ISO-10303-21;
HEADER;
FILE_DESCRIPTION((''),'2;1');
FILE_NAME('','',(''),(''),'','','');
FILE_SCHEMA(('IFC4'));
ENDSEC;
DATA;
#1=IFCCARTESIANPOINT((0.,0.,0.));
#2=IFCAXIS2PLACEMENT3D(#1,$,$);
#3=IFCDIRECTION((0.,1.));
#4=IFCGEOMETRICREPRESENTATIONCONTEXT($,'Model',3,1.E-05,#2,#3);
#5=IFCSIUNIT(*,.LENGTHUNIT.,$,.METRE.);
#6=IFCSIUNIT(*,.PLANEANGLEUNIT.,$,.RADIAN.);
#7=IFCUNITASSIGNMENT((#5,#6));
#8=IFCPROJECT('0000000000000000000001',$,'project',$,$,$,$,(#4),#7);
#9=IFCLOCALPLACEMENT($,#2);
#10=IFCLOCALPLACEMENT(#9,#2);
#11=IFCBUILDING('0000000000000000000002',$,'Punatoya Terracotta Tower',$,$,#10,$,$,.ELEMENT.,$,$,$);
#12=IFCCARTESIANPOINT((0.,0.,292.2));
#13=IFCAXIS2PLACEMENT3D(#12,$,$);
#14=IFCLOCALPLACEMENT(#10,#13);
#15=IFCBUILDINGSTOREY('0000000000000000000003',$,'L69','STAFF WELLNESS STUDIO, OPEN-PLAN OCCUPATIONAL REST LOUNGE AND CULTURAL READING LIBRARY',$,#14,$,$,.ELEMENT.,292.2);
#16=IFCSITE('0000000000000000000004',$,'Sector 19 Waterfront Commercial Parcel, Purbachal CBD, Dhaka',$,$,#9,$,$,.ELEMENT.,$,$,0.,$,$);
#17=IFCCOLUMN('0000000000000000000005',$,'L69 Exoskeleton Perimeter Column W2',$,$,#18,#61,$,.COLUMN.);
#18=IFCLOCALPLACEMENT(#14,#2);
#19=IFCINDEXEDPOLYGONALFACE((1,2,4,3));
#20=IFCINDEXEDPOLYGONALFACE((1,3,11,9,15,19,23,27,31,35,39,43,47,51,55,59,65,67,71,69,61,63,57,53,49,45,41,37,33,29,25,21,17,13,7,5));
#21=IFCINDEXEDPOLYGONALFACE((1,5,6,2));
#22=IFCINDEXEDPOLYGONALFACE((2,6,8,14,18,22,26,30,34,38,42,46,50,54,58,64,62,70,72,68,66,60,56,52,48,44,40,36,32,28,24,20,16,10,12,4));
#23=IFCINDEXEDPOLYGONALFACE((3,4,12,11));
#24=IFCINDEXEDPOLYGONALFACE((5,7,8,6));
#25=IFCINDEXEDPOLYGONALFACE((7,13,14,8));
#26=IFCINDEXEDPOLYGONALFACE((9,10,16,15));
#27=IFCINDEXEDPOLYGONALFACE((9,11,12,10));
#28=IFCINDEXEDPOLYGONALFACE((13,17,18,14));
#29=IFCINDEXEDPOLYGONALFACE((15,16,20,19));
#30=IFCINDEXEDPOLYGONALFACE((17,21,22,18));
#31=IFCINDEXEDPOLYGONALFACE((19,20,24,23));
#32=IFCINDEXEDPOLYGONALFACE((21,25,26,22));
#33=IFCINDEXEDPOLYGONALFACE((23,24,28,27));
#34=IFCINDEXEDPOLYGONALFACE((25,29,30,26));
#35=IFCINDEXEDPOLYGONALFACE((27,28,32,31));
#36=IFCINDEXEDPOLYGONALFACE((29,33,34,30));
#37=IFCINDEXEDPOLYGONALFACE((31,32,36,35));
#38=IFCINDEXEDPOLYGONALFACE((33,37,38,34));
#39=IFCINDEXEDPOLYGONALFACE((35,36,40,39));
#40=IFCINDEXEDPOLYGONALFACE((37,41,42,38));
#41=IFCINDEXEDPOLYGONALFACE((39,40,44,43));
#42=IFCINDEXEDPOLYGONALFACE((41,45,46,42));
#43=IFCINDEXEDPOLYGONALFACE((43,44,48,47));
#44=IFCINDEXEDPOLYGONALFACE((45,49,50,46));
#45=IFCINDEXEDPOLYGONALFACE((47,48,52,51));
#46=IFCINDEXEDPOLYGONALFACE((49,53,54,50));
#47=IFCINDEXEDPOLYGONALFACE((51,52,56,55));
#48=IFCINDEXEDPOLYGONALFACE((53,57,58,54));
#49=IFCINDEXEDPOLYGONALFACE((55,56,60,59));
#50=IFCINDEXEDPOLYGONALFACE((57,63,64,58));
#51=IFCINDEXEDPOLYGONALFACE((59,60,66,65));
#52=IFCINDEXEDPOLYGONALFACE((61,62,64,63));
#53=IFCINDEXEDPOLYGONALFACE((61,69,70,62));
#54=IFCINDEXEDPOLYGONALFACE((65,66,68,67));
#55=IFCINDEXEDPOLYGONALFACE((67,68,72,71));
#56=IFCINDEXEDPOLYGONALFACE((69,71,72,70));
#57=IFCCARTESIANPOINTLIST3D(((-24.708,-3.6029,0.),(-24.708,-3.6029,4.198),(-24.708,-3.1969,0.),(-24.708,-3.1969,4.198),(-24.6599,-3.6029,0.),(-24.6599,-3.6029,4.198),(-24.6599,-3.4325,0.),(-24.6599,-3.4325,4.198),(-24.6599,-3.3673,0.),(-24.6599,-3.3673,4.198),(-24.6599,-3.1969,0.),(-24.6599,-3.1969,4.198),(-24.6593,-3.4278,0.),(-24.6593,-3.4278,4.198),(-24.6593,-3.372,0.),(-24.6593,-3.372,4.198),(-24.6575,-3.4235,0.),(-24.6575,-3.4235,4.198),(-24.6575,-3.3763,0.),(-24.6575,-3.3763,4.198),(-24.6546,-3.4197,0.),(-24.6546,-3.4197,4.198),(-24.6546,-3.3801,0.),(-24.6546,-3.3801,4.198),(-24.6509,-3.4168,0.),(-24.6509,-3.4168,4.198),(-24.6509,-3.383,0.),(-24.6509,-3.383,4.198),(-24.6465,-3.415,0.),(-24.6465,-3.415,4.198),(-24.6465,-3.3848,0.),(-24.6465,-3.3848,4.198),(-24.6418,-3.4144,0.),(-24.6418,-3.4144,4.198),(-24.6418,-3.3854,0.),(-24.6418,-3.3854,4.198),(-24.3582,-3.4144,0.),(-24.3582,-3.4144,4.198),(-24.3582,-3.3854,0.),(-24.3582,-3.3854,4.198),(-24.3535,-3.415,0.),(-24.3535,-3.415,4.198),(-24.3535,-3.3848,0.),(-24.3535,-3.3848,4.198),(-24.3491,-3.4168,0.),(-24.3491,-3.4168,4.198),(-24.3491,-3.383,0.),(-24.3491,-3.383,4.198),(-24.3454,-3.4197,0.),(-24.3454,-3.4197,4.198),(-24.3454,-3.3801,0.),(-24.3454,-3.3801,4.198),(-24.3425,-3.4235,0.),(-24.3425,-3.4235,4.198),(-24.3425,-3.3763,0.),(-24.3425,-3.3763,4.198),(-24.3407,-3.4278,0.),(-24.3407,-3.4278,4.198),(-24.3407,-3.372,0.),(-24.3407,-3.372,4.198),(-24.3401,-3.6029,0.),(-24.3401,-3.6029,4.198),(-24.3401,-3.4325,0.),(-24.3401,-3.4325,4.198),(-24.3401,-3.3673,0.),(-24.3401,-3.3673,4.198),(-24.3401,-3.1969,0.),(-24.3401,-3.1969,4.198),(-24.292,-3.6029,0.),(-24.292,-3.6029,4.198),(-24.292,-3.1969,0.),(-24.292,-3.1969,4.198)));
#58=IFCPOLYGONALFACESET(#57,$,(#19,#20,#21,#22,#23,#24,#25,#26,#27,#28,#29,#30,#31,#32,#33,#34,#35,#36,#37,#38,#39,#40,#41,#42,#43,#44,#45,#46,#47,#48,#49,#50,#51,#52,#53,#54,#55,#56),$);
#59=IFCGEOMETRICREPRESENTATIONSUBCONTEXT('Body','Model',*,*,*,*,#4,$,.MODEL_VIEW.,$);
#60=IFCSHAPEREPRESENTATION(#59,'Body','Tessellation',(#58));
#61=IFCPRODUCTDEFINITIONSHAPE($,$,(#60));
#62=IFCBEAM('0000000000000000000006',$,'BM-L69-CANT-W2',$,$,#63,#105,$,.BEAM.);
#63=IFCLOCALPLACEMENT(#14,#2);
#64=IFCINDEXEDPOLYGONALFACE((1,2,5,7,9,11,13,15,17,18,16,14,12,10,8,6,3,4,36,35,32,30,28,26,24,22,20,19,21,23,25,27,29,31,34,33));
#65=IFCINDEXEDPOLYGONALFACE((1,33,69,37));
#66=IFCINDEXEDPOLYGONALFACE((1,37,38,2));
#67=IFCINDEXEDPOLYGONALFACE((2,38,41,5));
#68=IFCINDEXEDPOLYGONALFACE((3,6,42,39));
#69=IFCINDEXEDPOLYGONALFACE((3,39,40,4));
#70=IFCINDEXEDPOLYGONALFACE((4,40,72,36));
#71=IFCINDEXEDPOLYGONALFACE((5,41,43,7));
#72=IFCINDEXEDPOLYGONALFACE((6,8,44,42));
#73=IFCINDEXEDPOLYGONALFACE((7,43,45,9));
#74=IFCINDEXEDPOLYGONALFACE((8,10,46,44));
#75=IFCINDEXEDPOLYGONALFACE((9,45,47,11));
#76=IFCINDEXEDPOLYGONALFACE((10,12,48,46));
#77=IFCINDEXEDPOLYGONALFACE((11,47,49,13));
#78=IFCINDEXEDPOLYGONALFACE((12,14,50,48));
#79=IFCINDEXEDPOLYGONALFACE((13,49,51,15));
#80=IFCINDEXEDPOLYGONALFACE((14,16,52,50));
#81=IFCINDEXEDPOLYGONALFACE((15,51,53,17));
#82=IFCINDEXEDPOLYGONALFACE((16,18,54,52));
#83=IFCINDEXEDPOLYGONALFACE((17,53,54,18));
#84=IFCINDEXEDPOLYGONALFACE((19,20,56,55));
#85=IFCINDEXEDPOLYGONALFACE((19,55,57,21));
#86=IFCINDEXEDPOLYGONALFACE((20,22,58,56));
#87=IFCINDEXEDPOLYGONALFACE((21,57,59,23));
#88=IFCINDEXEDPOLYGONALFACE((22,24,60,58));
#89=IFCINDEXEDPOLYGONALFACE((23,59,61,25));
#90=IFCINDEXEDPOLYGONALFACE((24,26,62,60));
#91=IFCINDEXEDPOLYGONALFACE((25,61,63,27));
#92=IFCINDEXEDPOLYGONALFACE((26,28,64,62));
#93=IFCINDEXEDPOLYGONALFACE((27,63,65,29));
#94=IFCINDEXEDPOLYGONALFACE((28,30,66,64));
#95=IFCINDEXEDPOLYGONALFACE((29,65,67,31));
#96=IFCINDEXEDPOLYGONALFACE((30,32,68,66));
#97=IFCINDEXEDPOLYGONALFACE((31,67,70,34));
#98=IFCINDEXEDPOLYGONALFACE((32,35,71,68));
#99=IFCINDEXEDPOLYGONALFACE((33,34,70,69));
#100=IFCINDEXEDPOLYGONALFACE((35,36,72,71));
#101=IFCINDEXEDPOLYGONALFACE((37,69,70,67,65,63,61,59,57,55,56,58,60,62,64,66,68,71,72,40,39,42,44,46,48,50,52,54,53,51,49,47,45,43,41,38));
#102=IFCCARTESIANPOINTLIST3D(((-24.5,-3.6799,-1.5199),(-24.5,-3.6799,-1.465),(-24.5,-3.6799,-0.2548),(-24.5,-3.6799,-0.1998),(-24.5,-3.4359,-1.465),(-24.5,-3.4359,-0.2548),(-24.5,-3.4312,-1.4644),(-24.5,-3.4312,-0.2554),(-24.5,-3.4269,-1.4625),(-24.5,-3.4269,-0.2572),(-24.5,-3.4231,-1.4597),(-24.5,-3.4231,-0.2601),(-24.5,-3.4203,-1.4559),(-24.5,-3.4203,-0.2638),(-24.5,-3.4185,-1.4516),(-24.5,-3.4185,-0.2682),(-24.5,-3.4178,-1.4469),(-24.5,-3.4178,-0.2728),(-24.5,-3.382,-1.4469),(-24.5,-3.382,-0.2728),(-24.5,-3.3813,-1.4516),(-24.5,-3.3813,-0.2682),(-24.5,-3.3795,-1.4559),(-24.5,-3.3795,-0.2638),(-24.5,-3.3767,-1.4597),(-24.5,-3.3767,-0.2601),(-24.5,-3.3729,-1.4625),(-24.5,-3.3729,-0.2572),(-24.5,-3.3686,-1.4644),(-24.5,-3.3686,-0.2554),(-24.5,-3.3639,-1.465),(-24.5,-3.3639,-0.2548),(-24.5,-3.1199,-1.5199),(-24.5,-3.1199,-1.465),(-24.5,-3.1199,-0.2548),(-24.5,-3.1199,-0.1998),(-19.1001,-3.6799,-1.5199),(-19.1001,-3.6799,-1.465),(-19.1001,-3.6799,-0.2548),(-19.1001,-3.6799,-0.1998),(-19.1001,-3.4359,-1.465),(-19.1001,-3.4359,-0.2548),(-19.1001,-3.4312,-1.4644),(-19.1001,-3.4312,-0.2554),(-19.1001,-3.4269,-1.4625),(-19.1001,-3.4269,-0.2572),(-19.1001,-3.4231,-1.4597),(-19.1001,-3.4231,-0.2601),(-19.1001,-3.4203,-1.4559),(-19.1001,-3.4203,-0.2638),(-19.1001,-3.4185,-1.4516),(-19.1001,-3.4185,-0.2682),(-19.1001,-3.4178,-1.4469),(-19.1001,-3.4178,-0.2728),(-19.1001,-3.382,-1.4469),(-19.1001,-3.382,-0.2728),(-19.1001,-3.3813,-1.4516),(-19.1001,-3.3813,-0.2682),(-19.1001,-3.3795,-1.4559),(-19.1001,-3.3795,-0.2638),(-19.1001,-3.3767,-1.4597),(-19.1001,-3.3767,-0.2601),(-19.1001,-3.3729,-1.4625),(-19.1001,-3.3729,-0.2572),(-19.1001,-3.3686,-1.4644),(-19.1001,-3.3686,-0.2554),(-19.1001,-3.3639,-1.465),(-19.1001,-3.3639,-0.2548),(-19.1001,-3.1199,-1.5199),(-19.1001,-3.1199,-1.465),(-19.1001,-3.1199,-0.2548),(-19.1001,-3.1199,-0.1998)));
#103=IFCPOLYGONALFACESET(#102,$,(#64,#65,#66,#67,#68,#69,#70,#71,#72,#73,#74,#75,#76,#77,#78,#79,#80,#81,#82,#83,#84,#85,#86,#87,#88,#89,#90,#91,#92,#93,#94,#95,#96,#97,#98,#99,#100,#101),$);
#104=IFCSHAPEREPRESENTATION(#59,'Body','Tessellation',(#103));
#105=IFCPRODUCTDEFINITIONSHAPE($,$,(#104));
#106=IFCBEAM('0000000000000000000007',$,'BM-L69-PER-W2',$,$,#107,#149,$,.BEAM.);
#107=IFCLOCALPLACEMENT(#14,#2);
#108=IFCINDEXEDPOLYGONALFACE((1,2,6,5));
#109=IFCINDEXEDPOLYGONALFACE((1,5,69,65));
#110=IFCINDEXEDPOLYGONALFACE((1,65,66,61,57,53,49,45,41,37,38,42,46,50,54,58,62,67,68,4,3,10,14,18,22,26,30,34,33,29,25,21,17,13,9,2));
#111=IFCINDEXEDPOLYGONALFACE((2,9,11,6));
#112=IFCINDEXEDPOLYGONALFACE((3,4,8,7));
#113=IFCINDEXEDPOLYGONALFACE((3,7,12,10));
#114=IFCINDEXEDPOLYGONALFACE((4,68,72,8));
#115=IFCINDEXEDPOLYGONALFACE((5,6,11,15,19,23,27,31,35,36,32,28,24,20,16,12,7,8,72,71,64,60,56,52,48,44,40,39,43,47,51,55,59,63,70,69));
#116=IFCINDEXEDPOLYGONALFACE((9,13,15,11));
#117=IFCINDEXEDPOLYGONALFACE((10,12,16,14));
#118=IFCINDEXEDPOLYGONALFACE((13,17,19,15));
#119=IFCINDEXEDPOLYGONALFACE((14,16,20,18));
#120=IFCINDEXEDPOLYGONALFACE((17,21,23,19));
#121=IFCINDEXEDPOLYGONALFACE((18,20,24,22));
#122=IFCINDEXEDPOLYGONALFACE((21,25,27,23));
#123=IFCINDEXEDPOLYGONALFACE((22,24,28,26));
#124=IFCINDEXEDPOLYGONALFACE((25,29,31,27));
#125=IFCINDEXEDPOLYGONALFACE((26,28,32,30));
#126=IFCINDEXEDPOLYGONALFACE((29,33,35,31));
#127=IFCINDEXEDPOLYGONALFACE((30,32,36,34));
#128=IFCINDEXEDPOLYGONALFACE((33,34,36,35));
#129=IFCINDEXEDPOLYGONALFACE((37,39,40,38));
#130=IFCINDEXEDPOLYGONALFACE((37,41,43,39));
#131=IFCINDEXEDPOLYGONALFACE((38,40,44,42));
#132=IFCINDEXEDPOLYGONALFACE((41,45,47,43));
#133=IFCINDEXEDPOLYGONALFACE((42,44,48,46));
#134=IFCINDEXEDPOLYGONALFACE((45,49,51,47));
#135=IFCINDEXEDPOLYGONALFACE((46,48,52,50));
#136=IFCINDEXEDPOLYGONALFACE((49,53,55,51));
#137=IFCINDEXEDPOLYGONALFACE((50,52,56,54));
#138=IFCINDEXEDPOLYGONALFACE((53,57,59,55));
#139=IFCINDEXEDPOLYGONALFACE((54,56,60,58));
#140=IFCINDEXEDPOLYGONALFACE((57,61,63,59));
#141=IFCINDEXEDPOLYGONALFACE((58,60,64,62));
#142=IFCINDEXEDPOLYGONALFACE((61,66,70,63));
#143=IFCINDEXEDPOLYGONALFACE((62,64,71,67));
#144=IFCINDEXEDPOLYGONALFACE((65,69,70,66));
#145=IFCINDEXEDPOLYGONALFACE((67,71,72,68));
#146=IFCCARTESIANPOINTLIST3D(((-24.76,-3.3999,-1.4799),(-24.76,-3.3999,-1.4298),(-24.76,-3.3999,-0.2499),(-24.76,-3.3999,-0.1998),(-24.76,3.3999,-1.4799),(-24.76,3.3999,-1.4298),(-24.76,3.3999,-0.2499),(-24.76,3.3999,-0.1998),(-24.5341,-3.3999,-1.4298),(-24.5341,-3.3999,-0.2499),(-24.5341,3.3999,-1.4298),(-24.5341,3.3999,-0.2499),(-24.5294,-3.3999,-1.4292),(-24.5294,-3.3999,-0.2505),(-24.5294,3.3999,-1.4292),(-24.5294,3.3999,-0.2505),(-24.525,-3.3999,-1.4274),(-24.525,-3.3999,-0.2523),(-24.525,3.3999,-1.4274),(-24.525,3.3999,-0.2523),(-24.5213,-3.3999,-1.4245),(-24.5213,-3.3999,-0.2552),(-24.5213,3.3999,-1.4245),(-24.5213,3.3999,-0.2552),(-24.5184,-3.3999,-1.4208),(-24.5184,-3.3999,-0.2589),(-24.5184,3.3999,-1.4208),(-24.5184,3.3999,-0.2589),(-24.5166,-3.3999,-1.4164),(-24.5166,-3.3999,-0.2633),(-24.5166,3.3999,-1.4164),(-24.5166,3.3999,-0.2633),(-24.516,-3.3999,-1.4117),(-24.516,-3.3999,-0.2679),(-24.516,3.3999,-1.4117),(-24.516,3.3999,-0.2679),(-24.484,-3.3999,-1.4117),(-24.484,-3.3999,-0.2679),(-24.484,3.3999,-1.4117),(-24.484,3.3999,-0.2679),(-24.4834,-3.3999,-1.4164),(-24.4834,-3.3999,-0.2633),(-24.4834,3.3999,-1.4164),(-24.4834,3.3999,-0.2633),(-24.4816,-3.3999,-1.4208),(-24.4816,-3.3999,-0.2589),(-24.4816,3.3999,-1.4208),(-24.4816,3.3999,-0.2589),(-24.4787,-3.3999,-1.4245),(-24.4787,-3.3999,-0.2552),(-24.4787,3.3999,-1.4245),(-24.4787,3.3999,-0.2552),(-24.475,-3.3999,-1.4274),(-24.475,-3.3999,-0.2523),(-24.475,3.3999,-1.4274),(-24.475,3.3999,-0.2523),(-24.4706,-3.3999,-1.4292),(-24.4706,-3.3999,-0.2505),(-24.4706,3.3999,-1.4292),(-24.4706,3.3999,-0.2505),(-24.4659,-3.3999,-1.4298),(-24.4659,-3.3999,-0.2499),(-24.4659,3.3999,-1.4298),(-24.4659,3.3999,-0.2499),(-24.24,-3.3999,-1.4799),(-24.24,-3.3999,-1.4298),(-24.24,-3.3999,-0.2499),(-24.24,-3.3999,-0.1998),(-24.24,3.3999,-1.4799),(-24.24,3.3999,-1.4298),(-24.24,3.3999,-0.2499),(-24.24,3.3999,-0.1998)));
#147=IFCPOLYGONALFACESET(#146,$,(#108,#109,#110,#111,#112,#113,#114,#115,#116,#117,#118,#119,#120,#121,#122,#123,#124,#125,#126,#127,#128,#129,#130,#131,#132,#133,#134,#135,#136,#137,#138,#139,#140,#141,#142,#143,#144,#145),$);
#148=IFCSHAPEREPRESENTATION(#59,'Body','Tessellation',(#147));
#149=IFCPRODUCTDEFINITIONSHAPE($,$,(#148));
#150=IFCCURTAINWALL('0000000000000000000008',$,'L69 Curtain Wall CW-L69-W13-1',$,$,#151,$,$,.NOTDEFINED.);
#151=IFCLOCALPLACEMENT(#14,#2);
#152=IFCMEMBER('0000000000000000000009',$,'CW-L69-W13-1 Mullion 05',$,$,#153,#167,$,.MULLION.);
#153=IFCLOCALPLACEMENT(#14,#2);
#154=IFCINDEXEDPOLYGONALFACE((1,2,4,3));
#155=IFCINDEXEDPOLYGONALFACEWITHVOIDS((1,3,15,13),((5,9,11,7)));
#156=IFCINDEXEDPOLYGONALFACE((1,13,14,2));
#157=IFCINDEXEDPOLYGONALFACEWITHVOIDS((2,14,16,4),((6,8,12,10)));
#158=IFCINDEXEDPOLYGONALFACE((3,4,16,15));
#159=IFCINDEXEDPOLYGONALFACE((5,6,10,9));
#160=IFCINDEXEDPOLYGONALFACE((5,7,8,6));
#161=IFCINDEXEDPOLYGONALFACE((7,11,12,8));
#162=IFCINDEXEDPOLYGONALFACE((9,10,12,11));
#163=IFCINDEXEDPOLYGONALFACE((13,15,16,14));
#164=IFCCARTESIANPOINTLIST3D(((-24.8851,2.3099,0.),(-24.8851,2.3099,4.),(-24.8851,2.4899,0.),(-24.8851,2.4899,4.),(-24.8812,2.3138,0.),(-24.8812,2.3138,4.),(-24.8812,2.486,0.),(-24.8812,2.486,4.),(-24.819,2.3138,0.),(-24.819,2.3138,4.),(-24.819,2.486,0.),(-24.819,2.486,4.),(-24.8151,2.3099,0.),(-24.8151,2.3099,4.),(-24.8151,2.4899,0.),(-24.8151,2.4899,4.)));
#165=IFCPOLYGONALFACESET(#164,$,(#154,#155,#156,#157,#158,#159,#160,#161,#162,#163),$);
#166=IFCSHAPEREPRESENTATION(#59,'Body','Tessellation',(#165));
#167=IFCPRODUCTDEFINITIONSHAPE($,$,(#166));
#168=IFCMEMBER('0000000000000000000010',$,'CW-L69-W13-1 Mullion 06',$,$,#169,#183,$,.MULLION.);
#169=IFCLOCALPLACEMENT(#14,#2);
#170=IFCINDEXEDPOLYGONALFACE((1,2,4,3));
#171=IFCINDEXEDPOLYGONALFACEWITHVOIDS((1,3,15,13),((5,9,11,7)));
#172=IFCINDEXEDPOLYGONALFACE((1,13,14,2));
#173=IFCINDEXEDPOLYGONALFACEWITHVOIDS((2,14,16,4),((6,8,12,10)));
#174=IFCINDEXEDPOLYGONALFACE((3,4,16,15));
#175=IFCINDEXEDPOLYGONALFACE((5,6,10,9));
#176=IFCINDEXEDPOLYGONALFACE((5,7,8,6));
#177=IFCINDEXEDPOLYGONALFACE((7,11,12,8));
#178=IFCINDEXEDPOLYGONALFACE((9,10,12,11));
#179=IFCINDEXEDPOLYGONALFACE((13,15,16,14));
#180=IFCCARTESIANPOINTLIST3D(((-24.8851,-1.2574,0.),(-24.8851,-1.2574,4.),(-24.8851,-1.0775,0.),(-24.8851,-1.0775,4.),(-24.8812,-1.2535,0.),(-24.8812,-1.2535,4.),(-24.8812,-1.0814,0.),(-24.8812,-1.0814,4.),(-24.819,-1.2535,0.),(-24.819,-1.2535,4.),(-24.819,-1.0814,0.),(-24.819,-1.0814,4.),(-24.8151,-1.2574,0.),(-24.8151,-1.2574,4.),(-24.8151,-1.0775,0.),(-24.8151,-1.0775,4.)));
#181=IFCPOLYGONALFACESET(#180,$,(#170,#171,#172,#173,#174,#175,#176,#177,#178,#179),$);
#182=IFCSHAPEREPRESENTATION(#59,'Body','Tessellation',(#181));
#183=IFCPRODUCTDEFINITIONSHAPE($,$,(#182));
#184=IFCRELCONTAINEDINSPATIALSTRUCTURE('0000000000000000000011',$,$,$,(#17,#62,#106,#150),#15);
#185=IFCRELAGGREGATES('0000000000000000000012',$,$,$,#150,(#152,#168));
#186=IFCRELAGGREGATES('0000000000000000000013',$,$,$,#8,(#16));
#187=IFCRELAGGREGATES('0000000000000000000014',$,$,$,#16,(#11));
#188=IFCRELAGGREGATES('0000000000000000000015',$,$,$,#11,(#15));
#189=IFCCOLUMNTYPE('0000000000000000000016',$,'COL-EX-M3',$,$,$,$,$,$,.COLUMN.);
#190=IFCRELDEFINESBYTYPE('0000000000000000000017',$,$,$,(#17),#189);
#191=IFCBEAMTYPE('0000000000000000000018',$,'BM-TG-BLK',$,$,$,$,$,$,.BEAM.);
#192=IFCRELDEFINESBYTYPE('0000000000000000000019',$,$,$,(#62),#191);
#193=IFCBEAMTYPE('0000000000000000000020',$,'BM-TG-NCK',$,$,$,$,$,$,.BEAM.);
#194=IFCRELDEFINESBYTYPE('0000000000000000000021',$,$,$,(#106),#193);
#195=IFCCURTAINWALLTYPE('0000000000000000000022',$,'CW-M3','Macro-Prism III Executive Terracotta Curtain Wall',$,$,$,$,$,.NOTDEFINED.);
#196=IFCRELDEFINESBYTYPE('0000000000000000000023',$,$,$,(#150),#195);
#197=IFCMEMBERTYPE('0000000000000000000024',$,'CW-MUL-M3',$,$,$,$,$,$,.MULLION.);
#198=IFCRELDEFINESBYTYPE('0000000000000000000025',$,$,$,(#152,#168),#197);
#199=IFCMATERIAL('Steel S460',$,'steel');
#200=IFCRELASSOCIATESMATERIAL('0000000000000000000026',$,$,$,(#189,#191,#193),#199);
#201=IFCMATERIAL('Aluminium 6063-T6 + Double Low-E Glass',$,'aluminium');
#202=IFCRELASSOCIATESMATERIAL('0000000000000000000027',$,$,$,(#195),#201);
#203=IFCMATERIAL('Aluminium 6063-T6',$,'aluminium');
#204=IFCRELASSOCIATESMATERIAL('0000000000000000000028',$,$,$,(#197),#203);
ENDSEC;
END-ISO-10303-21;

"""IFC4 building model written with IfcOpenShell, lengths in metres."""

from ifc_helpers import new_model, si_unit, direction, frame, origin, origin_2d, place, context, subcontext, project, spatial, hollow_rectangle, i_section, extrude, material, material_profile, profile_set, type_object, element, aggregate, save


model = new_model("IFC4")

# Units and contexts
model_context = context("Model", 3, precision=1e-05, world=origin(), true_north=direction((0.0, 1.0)))
body_context = subcontext(model_context, "Body", "Model", "MODEL_VIEW")
ifc_project = project(units=[si_unit("LENGTHUNIT", "METRE"), si_unit("PLANEANGLEUNIT", "RADIAN")], contexts=[model_context])

# Site, building, storey
site_placement = place(None, origin())
site = spatial("IfcSite", under=ifc_project, at=site_placement, Name="Sector 19 Waterfront Commercial Parcel, Purbachal CBD, Dhaka", CompositionType="ELEMENT", RefElevation=0.0)
building_placement = place(site_placement, origin())
building = spatial("IfcBuilding", under=site, at=building_placement, Name="Punatoya Terracotta Tower", CompositionType="ELEMENT")
storey_placement = place(building_placement, frame((0.0, 0.0, 292.2)))
storey = spatial("IfcBuildingStorey", under=building, at=storey_placement, Name="L69", Description="STAFF WELLNESS STUDIO, OPEN-PLAN OCCUPATIONAL REST LOUNGE AND CULTURAL READING LIBRARY", CompositionType="ELEMENT", Elevation=292.2)

# Column
ifc_material_1 = material(Name="Steel S460", Category="steel")
ifc_material_profile_1 = material_profile(ifc_material_1, i_section(OverallWidth=0.406, OverallDepth=0.416, WebThickness=0.0291, FlangeThickness=0.0481, FilletRadius=0.0181, at=origin_2d()))
ifc_profile_set_1 = profile_set([ifc_material_profile_1], Name="Steel S460")
column_type = type_object("IfcColumnType", Name="COL-EX-M3", PredefinedType="COLUMN", material=ifc_profile_set_1)
column_placement = place(storey_placement, frame((-24.5, -3.3999, 0.0), z_axis=(0.0, 0.0, 1.0), x_axis=(0.0, 1.0, 0.0)))
element("IfcColumn", 1, at=column_placement, inside=storey, type_object=column_type, Name="L69 Exoskeleton Perimeter Column W2", PredefinedType="COLUMN", context=body_context, shape_type="SweptSolid", body=[
    extrude(i_section(OverallWidth=0.406, OverallDepth=0.416, WebThickness=0.0291, FlangeThickness=0.0481, FilletRadius=0.0181, at=origin_2d()), origin(), (0.0, 0.0, 1.0), 4.198),
])

# Beams
ifc_material_profile_2 = material_profile(ifc_material_1, i_section(OverallWidth=0.5601, OverallDepth=1.3201, WebThickness=0.0359, FlangeThickness=0.0549, FilletRadius=0.0181, at=origin_2d()))
ifc_profile_set_2 = profile_set([ifc_material_profile_2], Name="Steel S460")
beam_type_1 = type_object("IfcBeamType", Name="BM-TG-BLK", PredefinedType="BEAM", material=ifc_profile_set_2)
beam_1_placement = place(storey_placement, frame((-24.5, -3.3999, -0.8599), z_axis=(1.0, 0.0, 0.0), x_axis=(0.0, 1.0, 0.0)))
element("IfcBeam", 2, at=beam_1_placement, inside=storey, type_object=beam_type_1, Name="BM-L69-CANT-W2", PredefinedType="BEAM", context=body_context, shape_type="SweptSolid", body=[
    extrude(i_section(OverallWidth=0.5601, OverallDepth=1.3201, WebThickness=0.0359, FlangeThickness=0.0549, FilletRadius=0.0181, at=origin_2d()), origin(), (0.0, 0.0, 1.0), 5.3999),
])
ifc_material_profile_3 = material_profile(ifc_material_1, i_section(OverallWidth=0.52, OverallDepth=1.28, WebThickness=0.032, FlangeThickness=0.05, FilletRadius=0.0181, at=origin_2d()))
ifc_profile_set_3 = profile_set([ifc_material_profile_3], Name="Steel S460")
beam_type_2 = type_object("IfcBeamType", Name="BM-TG-NCK", PredefinedType="BEAM", material=ifc_profile_set_3)
beam_2_placement = place(storey_placement, frame((-24.5, -3.3999, -0.8398), z_axis=(0.0, 1.0, 0.0), x_axis=(-1.0, 0.0, 0.0)))
element("IfcBeam", 3, at=beam_2_placement, inside=storey, type_object=beam_type_2, Name="BM-L69-PER-W2", PredefinedType="BEAM", context=body_context, shape_type="SweptSolid", body=[
    extrude(i_section(OverallWidth=0.52, OverallDepth=1.28, WebThickness=0.032, FlangeThickness=0.05, FilletRadius=0.0181, at=origin_2d()), origin(), (0.0, 0.0, 1.0), 6.7998),
])

# Curtain wall, members
ifc_material_2 = material(Name="Aluminium 6063-T6 + Double Low-E Glass", Category="aluminium")
curtain_wall_type = type_object("IfcCurtainWallType", Name="CW-M3", Description="Macro-Prism III Executive Terracotta Curtain Wall", PredefinedType="NOTDEFINED", material=ifc_material_2)
curtain_wall_1_placement = place(storey_placement, origin())
curtain_wall_1 = element("IfcCurtainWall", 4, at=curtain_wall_1_placement, inside=storey, type_object=curtain_wall_type, Name="L69 Curtain Wall CW-L69-W13-1", PredefinedType="NOTDEFINED")
ifc_material_3 = material(Name="Aluminium 6063-T6", Category="aluminium")
ifc_material_profile_4 = material_profile(ifc_material_3, hollow_rectangle(XDim=0.0701, YDim=0.1799, WallThickness=0.0039, at=origin_2d()))
ifc_profile_set_4 = profile_set([ifc_material_profile_4], Name="Aluminium 6063-T6")
member_type_1 = type_object("IfcMemberType", Name="CW-MUL-M3", PredefinedType="MULLION", material=ifc_profile_set_4)
member_1_placement = place(storey_placement, frame((-24.8501, 2.3999, 0.0), z_axis=(0.0, 0.0, 1.0), x_axis=(1.0, 0.0, 0.0)))
member_1 = element("IfcMember", 5, at=member_1_placement, type_object=member_type_1, Name="CW-L69-W13-1 Mullion 05", PredefinedType="MULLION", context=body_context, shape_type="SweptSolid", body=[
    extrude(hollow_rectangle(XDim=0.0701, YDim=0.1799, WallThickness=0.0039, at=origin_2d()), origin(), (0.0, 0.0, 1.0), 4.0),
])
member_2_placement = place(storey_placement, frame((-24.8501, -1.1675, 0.0), z_axis=(0.0, 0.0, 1.0), x_axis=(1.0, 0.0, 0.0)))
member_2 = element("IfcMember", 6, at=member_2_placement, type_object=member_type_1, Name="CW-L69-W13-1 Mullion 06", PredefinedType="MULLION", context=body_context, shape_type="SweptSolid", body=[
    extrude(hollow_rectangle(XDim=0.0701, YDim=0.1799, WallThickness=0.0039, at=origin_2d()), origin(), (0.0, 0.0, 1.0), 4.0),
])

aggregate(curtain_wall_1, [member_1, member_2])

save(model, "model.ifc")
